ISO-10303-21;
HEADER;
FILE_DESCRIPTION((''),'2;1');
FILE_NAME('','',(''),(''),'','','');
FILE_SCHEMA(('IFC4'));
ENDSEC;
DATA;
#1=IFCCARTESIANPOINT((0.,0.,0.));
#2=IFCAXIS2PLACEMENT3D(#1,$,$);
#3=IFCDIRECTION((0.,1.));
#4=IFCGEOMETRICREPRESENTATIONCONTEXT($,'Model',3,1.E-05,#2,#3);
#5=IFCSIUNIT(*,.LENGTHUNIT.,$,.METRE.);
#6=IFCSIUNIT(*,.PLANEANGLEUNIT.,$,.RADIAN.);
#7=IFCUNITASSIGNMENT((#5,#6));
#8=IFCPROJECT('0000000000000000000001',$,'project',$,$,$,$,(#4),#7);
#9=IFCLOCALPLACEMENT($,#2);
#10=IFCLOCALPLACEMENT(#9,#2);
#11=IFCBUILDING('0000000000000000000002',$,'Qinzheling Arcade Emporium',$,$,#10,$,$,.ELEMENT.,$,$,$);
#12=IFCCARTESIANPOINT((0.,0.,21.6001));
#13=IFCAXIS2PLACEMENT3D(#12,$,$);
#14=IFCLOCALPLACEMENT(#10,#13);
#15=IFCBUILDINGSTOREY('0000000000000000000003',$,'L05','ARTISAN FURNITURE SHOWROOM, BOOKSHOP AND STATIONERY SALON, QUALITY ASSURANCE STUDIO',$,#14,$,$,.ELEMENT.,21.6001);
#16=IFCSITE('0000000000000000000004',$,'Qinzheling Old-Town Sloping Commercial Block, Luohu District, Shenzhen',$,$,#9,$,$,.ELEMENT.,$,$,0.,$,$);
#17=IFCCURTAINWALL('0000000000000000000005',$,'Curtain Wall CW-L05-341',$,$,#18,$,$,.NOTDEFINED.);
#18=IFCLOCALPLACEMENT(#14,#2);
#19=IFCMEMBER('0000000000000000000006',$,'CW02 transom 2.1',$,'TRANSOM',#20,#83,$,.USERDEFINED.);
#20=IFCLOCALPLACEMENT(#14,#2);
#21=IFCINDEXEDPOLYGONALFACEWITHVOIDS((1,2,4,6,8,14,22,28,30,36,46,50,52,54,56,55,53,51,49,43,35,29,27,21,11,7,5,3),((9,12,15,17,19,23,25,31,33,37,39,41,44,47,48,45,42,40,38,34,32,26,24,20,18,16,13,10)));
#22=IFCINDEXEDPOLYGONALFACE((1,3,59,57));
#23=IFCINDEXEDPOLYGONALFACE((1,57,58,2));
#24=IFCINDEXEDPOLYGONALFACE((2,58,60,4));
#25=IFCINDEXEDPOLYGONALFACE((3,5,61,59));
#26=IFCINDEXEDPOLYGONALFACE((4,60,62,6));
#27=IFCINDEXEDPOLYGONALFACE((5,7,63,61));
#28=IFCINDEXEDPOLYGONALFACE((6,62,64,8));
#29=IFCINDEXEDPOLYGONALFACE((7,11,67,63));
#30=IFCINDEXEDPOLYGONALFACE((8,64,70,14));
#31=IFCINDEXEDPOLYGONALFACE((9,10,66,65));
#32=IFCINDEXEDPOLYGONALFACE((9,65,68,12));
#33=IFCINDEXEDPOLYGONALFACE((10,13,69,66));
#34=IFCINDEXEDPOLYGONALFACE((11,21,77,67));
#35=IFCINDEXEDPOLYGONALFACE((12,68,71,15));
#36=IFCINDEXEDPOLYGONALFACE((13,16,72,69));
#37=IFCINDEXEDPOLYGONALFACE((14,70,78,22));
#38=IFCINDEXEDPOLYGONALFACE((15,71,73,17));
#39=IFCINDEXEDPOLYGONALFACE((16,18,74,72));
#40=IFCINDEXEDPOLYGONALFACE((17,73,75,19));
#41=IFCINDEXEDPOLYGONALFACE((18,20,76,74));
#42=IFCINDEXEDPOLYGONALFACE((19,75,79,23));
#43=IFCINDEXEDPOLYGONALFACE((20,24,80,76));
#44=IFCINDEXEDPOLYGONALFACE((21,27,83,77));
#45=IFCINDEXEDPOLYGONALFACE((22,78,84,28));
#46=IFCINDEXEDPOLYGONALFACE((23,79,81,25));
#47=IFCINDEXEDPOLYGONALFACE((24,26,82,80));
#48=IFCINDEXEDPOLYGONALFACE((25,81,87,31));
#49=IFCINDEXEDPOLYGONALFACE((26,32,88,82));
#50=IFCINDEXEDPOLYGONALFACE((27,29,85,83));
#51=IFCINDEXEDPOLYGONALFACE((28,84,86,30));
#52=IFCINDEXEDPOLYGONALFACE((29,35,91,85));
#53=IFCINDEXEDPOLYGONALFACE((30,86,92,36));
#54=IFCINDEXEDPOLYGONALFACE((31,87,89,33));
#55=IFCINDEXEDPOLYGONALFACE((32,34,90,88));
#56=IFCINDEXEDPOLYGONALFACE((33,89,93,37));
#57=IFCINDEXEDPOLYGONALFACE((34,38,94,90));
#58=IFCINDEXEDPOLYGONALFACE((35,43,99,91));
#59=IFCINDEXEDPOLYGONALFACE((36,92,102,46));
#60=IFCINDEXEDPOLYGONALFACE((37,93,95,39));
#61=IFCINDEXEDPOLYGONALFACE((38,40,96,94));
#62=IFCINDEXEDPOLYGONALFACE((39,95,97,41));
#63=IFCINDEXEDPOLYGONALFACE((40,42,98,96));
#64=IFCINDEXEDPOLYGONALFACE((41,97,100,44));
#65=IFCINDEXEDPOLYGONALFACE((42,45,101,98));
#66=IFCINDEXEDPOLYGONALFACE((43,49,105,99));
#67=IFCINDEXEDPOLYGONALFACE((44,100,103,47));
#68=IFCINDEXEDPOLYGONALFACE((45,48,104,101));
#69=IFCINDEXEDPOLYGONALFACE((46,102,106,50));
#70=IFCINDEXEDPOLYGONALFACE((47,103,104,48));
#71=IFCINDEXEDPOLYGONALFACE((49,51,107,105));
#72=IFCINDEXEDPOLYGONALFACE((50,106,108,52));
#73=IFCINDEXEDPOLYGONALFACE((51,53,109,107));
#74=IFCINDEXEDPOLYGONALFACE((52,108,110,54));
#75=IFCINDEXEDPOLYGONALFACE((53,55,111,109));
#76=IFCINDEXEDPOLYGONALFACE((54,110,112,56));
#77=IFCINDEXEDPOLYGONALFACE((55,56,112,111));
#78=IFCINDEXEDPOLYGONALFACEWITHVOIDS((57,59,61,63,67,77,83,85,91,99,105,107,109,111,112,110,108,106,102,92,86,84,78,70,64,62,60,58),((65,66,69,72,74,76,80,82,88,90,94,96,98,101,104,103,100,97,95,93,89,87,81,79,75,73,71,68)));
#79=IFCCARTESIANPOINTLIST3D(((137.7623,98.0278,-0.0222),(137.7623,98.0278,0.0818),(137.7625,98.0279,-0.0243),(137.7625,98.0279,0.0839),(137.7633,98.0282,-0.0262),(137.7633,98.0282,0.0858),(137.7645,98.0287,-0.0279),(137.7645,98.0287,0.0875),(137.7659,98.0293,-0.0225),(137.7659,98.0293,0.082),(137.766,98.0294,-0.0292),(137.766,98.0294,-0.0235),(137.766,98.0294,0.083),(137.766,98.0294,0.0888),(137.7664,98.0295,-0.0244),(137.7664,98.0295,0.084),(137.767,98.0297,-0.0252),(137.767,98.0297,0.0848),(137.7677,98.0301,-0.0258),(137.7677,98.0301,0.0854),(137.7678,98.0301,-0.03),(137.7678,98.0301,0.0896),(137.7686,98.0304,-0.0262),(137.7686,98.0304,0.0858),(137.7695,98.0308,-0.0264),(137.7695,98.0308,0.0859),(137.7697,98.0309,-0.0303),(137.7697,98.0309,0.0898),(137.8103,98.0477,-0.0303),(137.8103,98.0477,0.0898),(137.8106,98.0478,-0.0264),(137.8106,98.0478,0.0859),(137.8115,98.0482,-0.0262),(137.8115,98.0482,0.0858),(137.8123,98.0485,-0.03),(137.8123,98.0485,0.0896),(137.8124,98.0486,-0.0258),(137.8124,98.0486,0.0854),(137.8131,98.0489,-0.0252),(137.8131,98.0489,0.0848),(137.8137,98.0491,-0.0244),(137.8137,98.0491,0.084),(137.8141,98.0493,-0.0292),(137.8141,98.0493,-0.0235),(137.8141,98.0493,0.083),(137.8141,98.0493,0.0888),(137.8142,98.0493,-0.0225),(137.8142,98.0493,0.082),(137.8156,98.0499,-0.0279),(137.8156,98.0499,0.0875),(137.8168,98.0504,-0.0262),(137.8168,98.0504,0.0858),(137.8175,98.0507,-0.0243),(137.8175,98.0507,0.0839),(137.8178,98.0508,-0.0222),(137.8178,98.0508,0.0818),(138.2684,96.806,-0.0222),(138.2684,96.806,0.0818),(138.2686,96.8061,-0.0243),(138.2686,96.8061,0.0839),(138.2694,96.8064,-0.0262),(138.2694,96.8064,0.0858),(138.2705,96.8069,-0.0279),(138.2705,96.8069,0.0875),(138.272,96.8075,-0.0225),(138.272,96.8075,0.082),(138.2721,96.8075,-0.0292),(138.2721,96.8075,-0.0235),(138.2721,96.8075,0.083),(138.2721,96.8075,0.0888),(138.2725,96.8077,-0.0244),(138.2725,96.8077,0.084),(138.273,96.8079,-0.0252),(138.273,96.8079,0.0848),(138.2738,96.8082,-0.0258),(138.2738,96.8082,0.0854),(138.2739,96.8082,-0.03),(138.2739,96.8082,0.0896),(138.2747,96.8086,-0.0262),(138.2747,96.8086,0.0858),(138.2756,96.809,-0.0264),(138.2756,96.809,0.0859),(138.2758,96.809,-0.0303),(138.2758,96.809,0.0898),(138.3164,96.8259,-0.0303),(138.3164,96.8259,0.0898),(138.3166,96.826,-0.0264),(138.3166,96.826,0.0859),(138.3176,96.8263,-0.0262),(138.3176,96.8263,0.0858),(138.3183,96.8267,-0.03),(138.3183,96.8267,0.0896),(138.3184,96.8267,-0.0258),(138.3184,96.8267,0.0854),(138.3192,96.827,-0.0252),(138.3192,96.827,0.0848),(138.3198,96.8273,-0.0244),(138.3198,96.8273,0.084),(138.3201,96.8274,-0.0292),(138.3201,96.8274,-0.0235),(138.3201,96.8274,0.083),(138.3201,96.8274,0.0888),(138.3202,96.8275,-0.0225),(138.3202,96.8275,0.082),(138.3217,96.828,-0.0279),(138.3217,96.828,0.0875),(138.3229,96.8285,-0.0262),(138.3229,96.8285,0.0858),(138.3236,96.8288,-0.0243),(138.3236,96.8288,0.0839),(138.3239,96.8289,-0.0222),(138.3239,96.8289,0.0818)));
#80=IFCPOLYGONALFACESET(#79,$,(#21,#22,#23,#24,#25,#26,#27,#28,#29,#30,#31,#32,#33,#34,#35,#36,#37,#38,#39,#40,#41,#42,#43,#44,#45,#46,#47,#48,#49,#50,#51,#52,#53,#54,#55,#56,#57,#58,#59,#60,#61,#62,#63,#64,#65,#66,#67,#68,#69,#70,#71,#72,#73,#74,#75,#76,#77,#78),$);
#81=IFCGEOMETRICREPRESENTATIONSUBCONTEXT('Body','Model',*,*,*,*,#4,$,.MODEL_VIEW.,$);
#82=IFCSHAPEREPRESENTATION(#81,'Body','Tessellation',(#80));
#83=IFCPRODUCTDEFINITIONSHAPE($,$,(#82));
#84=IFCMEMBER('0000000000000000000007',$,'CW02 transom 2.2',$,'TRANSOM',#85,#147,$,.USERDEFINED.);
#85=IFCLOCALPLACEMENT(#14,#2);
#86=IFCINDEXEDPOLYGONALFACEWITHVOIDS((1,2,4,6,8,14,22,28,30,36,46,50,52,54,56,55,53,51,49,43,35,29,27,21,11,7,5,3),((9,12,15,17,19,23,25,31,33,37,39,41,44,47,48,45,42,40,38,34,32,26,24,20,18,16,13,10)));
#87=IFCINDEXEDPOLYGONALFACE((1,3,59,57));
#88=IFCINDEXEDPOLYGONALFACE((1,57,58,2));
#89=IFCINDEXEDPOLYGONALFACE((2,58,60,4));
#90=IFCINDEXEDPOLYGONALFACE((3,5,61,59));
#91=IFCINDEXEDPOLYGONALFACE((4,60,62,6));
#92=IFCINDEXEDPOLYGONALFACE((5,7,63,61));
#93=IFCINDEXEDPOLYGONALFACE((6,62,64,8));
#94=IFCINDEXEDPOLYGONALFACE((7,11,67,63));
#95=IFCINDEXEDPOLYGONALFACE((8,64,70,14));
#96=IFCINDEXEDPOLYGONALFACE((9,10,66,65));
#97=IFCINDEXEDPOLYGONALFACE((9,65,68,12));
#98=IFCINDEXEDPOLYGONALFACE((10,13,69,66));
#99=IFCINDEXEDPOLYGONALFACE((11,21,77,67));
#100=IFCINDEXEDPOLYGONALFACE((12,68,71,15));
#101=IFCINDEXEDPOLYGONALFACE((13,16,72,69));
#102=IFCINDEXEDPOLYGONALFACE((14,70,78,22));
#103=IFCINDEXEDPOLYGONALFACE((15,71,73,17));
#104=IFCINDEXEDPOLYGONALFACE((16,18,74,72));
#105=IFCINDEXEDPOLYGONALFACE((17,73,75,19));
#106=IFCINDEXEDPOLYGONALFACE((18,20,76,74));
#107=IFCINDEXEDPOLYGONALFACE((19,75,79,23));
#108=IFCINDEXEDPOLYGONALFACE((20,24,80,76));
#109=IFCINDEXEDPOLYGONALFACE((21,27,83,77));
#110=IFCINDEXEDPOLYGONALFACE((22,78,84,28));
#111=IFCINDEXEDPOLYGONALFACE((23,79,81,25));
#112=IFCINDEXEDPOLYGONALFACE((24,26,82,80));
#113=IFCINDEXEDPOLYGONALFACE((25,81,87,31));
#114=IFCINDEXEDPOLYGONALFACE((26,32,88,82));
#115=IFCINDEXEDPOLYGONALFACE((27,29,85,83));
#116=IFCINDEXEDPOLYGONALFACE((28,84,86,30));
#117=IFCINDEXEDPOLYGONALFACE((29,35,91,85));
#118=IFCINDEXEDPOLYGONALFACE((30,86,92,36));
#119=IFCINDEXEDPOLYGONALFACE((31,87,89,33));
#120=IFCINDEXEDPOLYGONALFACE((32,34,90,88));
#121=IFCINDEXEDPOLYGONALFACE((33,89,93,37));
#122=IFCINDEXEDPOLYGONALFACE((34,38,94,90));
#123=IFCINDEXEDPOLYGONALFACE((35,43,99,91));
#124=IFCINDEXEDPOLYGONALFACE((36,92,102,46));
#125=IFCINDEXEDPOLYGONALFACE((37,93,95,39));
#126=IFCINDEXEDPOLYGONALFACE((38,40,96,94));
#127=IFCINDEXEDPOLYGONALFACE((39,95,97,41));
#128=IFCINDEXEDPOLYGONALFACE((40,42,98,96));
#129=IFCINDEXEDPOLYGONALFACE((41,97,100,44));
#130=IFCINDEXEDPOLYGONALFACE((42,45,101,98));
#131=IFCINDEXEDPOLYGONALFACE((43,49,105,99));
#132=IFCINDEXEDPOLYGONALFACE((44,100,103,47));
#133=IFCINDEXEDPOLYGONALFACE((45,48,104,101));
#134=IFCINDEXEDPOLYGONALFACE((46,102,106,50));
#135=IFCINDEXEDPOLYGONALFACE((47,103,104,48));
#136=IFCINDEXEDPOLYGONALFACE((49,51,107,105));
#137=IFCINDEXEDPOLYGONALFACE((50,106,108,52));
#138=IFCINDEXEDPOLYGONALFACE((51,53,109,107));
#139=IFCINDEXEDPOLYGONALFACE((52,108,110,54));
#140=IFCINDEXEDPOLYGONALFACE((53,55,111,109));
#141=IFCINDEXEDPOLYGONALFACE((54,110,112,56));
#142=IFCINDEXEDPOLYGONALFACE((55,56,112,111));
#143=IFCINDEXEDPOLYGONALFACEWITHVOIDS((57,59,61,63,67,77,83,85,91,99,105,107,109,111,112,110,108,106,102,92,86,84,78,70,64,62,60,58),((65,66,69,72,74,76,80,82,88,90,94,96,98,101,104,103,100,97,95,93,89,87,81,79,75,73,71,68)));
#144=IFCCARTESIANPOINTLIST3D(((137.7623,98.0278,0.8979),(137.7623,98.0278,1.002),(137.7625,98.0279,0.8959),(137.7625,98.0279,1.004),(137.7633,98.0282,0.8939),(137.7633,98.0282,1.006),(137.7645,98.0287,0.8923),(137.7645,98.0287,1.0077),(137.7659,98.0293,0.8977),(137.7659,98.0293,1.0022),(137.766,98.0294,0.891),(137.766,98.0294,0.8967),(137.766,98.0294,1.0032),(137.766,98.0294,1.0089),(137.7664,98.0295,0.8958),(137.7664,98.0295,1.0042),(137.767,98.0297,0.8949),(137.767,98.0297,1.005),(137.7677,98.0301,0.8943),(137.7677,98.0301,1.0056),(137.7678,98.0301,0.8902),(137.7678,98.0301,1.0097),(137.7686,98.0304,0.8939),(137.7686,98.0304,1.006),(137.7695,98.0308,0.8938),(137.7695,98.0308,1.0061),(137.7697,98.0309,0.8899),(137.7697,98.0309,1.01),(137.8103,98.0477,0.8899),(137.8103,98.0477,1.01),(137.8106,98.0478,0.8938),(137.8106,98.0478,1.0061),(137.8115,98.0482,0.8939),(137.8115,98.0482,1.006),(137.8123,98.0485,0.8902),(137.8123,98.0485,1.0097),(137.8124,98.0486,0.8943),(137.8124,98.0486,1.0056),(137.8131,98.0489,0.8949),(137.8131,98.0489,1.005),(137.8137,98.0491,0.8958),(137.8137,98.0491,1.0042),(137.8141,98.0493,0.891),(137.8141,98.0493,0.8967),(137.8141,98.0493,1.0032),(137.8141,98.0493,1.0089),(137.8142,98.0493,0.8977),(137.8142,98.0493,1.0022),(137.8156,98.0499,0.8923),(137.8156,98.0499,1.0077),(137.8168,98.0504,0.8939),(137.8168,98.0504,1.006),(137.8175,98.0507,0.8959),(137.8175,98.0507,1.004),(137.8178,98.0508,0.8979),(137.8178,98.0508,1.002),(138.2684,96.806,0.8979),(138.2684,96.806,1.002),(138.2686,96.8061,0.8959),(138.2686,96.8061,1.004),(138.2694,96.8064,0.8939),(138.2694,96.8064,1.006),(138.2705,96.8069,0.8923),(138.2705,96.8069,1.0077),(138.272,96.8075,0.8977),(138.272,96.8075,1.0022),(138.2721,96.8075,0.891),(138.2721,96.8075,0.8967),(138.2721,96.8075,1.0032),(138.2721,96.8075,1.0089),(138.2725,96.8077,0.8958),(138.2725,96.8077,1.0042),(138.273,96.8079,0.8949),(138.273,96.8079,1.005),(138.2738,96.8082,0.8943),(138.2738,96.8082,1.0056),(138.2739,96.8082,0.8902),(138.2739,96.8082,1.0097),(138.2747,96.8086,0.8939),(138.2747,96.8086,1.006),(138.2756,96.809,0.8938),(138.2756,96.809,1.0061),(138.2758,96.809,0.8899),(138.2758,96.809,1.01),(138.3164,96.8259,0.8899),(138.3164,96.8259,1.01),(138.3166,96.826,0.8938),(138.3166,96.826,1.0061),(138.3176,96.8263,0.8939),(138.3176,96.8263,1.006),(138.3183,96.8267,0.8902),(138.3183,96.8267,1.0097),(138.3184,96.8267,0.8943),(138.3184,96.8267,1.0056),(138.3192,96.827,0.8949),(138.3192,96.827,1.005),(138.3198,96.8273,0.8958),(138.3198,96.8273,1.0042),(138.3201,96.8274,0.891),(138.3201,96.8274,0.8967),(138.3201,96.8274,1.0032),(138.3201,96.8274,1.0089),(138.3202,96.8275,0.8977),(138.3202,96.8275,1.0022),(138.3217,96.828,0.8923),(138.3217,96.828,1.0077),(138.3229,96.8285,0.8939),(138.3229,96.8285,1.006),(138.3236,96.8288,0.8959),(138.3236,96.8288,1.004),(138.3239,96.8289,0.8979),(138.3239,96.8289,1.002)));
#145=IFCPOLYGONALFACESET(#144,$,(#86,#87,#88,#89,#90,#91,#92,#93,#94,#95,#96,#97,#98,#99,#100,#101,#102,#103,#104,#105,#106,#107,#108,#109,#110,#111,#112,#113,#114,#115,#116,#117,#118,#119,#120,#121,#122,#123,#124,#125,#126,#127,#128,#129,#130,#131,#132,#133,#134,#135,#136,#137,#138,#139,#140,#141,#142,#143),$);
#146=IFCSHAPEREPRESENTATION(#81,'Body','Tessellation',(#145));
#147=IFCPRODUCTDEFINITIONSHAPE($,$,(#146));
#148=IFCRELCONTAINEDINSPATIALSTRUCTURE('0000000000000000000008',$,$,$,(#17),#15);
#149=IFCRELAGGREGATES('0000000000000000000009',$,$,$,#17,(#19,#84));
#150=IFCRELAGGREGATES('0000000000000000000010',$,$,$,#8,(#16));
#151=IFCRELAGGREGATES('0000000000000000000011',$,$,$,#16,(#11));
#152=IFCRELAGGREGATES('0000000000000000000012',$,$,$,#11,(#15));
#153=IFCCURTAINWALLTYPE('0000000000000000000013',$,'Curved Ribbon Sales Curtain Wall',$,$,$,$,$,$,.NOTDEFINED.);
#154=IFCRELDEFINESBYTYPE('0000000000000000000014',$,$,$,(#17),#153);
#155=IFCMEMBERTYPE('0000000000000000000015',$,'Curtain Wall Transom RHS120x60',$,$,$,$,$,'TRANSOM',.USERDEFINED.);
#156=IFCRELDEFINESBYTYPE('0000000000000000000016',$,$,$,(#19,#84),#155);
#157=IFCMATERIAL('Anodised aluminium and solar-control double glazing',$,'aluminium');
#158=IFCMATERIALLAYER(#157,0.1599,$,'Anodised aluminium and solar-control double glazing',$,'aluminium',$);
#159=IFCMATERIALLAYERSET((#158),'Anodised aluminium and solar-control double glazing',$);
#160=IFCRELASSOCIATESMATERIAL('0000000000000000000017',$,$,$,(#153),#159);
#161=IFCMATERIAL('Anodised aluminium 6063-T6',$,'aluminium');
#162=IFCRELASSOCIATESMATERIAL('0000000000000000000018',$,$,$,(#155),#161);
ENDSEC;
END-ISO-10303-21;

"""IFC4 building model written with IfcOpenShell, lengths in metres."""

from ifc_helpers import new_model, si_unit, direction, frame, origin, origin_2d, place, context, subcontext, project, spatial, hollow_rectangle, extrude, material, layer, layer_set, material_profile, profile_set, type_object, element, aggregate, save


model = new_model("IFC4")

# Units and contexts
model_context = context("Model", 3, precision=1e-05, world=origin(), true_north=direction((0.0, 1.0)))
body_context = subcontext(model_context, "Body", "Model", "MODEL_VIEW")
ifc_project = project(units=[si_unit("LENGTHUNIT", "METRE"), si_unit("PLANEANGLEUNIT", "RADIAN")], contexts=[model_context])

# Site, building, storey
site_placement = place(None, origin())
site = spatial("IfcSite", under=ifc_project, at=site_placement, Name="Qinzheling Old-Town Sloping Commercial Block, Luohu District, Shenzhen", CompositionType="ELEMENT", RefElevation=0.0)
building_placement = place(site_placement, origin())
building = spatial("IfcBuilding", under=site, at=building_placement, Name="Qinzheling Arcade Emporium", CompositionType="ELEMENT")
storey_placement = place(building_placement, frame((0.0, 0.0, 21.6001)))
storey = spatial("IfcBuildingStorey", under=building, at=storey_placement, Name="L05", Description="ARTISAN FURNITURE SHOWROOM, BOOKSHOP AND STATIONERY SALON, QUALITY ASSURANCE STUDIO", CompositionType="ELEMENT", Elevation=21.6001)

# Curtain wall
ifc_material_1 = material(Name="Anodised aluminium and solar-control double glazing", Category="aluminium")
ifc_layer_1 = layer(ifc_material_1, 0.1599, Name="Anodised aluminium and solar-control double glazing", Category="aluminium")
ifc_layer_set_1 = layer_set([ifc_layer_1], Name="Anodised aluminium and solar-control double glazing")
curtain_wall_type = type_object("IfcCurtainWallType", Name="Curved Ribbon Sales Curtain Wall", PredefinedType="NOTDEFINED", material=ifc_layer_set_1)
curtain_wall_1_placement = place(storey_placement, origin())
curtain_wall_1 = element("IfcCurtainWall", 1, at=curtain_wall_1_placement, inside=storey, type_object=curtain_wall_type, Name="Curtain Wall CW-L05-341", PredefinedType="NOTDEFINED")
ifc_material_2 = material(Name="Anodised aluminium 6063-T6", Category="aluminium")

# Members
ifc_material_profile_1 = material_profile(ifc_material_2, hollow_rectangle(XDim=0.0601, YDim=0.1201, WallThickness=0.0039, InnerFilletRadius=0.0039, OuterFilletRadius=0.0081, at=origin_2d()), Name="RHS 120x60x4", Category="aluminium")
ifc_profile_set_1 = profile_set([ifc_material_profile_1], Name="Anodised aluminium 6063-T6")
member_type_1 = type_object("IfcMemberType", Name="Curtain Wall Transom RHS120x60", ElementType="TRANSOM", PredefinedType="USERDEFINED", material=ifc_profile_set_1)
member_1_placement = place(storey_placement, frame((137.79, 98.0393, 0.0298), z_axis=(0.382662, -0.923889, 0.0), x_axis=(0.923889, 0.382662, 0.0)))
member_1 = element("IfcMember", 2, at=member_1_placement, type_object=member_type_1, Name="CW02 transom 2.1", ObjectType="TRANSOM", PredefinedType="USERDEFINED", context=body_context, shape_type="SweptSolid", body=[
    extrude(hollow_rectangle(XDim=0.0601, YDim=0.1201, WallThickness=0.0039, InnerFilletRadius=0.0039, OuterFilletRadius=0.0081, at=origin_2d()), origin(), (0.0, 0.0, 1.0), 1.3225),
])
member_2_placement = place(storey_placement, frame((137.79, 98.0393, 0.95), z_axis=(0.382662, -0.923889, 0.0), x_axis=(0.923889, 0.382662, 0.0)))
member_2 = element("IfcMember", 3, at=member_2_placement, type_object=member_type_1, Name="CW02 transom 2.2", ObjectType="TRANSOM", PredefinedType="USERDEFINED", context=body_context, shape_type="SweptSolid", body=[
    extrude(hollow_rectangle(XDim=0.0601, YDim=0.1201, WallThickness=0.0039, InnerFilletRadius=0.0039, OuterFilletRadius=0.0081, at=origin_2d()), origin(), (0.0, 0.0, 1.0), 1.3225),
])

aggregate(curtain_wall_1, [member_1, member_2])

save(model, "model.ifc")
